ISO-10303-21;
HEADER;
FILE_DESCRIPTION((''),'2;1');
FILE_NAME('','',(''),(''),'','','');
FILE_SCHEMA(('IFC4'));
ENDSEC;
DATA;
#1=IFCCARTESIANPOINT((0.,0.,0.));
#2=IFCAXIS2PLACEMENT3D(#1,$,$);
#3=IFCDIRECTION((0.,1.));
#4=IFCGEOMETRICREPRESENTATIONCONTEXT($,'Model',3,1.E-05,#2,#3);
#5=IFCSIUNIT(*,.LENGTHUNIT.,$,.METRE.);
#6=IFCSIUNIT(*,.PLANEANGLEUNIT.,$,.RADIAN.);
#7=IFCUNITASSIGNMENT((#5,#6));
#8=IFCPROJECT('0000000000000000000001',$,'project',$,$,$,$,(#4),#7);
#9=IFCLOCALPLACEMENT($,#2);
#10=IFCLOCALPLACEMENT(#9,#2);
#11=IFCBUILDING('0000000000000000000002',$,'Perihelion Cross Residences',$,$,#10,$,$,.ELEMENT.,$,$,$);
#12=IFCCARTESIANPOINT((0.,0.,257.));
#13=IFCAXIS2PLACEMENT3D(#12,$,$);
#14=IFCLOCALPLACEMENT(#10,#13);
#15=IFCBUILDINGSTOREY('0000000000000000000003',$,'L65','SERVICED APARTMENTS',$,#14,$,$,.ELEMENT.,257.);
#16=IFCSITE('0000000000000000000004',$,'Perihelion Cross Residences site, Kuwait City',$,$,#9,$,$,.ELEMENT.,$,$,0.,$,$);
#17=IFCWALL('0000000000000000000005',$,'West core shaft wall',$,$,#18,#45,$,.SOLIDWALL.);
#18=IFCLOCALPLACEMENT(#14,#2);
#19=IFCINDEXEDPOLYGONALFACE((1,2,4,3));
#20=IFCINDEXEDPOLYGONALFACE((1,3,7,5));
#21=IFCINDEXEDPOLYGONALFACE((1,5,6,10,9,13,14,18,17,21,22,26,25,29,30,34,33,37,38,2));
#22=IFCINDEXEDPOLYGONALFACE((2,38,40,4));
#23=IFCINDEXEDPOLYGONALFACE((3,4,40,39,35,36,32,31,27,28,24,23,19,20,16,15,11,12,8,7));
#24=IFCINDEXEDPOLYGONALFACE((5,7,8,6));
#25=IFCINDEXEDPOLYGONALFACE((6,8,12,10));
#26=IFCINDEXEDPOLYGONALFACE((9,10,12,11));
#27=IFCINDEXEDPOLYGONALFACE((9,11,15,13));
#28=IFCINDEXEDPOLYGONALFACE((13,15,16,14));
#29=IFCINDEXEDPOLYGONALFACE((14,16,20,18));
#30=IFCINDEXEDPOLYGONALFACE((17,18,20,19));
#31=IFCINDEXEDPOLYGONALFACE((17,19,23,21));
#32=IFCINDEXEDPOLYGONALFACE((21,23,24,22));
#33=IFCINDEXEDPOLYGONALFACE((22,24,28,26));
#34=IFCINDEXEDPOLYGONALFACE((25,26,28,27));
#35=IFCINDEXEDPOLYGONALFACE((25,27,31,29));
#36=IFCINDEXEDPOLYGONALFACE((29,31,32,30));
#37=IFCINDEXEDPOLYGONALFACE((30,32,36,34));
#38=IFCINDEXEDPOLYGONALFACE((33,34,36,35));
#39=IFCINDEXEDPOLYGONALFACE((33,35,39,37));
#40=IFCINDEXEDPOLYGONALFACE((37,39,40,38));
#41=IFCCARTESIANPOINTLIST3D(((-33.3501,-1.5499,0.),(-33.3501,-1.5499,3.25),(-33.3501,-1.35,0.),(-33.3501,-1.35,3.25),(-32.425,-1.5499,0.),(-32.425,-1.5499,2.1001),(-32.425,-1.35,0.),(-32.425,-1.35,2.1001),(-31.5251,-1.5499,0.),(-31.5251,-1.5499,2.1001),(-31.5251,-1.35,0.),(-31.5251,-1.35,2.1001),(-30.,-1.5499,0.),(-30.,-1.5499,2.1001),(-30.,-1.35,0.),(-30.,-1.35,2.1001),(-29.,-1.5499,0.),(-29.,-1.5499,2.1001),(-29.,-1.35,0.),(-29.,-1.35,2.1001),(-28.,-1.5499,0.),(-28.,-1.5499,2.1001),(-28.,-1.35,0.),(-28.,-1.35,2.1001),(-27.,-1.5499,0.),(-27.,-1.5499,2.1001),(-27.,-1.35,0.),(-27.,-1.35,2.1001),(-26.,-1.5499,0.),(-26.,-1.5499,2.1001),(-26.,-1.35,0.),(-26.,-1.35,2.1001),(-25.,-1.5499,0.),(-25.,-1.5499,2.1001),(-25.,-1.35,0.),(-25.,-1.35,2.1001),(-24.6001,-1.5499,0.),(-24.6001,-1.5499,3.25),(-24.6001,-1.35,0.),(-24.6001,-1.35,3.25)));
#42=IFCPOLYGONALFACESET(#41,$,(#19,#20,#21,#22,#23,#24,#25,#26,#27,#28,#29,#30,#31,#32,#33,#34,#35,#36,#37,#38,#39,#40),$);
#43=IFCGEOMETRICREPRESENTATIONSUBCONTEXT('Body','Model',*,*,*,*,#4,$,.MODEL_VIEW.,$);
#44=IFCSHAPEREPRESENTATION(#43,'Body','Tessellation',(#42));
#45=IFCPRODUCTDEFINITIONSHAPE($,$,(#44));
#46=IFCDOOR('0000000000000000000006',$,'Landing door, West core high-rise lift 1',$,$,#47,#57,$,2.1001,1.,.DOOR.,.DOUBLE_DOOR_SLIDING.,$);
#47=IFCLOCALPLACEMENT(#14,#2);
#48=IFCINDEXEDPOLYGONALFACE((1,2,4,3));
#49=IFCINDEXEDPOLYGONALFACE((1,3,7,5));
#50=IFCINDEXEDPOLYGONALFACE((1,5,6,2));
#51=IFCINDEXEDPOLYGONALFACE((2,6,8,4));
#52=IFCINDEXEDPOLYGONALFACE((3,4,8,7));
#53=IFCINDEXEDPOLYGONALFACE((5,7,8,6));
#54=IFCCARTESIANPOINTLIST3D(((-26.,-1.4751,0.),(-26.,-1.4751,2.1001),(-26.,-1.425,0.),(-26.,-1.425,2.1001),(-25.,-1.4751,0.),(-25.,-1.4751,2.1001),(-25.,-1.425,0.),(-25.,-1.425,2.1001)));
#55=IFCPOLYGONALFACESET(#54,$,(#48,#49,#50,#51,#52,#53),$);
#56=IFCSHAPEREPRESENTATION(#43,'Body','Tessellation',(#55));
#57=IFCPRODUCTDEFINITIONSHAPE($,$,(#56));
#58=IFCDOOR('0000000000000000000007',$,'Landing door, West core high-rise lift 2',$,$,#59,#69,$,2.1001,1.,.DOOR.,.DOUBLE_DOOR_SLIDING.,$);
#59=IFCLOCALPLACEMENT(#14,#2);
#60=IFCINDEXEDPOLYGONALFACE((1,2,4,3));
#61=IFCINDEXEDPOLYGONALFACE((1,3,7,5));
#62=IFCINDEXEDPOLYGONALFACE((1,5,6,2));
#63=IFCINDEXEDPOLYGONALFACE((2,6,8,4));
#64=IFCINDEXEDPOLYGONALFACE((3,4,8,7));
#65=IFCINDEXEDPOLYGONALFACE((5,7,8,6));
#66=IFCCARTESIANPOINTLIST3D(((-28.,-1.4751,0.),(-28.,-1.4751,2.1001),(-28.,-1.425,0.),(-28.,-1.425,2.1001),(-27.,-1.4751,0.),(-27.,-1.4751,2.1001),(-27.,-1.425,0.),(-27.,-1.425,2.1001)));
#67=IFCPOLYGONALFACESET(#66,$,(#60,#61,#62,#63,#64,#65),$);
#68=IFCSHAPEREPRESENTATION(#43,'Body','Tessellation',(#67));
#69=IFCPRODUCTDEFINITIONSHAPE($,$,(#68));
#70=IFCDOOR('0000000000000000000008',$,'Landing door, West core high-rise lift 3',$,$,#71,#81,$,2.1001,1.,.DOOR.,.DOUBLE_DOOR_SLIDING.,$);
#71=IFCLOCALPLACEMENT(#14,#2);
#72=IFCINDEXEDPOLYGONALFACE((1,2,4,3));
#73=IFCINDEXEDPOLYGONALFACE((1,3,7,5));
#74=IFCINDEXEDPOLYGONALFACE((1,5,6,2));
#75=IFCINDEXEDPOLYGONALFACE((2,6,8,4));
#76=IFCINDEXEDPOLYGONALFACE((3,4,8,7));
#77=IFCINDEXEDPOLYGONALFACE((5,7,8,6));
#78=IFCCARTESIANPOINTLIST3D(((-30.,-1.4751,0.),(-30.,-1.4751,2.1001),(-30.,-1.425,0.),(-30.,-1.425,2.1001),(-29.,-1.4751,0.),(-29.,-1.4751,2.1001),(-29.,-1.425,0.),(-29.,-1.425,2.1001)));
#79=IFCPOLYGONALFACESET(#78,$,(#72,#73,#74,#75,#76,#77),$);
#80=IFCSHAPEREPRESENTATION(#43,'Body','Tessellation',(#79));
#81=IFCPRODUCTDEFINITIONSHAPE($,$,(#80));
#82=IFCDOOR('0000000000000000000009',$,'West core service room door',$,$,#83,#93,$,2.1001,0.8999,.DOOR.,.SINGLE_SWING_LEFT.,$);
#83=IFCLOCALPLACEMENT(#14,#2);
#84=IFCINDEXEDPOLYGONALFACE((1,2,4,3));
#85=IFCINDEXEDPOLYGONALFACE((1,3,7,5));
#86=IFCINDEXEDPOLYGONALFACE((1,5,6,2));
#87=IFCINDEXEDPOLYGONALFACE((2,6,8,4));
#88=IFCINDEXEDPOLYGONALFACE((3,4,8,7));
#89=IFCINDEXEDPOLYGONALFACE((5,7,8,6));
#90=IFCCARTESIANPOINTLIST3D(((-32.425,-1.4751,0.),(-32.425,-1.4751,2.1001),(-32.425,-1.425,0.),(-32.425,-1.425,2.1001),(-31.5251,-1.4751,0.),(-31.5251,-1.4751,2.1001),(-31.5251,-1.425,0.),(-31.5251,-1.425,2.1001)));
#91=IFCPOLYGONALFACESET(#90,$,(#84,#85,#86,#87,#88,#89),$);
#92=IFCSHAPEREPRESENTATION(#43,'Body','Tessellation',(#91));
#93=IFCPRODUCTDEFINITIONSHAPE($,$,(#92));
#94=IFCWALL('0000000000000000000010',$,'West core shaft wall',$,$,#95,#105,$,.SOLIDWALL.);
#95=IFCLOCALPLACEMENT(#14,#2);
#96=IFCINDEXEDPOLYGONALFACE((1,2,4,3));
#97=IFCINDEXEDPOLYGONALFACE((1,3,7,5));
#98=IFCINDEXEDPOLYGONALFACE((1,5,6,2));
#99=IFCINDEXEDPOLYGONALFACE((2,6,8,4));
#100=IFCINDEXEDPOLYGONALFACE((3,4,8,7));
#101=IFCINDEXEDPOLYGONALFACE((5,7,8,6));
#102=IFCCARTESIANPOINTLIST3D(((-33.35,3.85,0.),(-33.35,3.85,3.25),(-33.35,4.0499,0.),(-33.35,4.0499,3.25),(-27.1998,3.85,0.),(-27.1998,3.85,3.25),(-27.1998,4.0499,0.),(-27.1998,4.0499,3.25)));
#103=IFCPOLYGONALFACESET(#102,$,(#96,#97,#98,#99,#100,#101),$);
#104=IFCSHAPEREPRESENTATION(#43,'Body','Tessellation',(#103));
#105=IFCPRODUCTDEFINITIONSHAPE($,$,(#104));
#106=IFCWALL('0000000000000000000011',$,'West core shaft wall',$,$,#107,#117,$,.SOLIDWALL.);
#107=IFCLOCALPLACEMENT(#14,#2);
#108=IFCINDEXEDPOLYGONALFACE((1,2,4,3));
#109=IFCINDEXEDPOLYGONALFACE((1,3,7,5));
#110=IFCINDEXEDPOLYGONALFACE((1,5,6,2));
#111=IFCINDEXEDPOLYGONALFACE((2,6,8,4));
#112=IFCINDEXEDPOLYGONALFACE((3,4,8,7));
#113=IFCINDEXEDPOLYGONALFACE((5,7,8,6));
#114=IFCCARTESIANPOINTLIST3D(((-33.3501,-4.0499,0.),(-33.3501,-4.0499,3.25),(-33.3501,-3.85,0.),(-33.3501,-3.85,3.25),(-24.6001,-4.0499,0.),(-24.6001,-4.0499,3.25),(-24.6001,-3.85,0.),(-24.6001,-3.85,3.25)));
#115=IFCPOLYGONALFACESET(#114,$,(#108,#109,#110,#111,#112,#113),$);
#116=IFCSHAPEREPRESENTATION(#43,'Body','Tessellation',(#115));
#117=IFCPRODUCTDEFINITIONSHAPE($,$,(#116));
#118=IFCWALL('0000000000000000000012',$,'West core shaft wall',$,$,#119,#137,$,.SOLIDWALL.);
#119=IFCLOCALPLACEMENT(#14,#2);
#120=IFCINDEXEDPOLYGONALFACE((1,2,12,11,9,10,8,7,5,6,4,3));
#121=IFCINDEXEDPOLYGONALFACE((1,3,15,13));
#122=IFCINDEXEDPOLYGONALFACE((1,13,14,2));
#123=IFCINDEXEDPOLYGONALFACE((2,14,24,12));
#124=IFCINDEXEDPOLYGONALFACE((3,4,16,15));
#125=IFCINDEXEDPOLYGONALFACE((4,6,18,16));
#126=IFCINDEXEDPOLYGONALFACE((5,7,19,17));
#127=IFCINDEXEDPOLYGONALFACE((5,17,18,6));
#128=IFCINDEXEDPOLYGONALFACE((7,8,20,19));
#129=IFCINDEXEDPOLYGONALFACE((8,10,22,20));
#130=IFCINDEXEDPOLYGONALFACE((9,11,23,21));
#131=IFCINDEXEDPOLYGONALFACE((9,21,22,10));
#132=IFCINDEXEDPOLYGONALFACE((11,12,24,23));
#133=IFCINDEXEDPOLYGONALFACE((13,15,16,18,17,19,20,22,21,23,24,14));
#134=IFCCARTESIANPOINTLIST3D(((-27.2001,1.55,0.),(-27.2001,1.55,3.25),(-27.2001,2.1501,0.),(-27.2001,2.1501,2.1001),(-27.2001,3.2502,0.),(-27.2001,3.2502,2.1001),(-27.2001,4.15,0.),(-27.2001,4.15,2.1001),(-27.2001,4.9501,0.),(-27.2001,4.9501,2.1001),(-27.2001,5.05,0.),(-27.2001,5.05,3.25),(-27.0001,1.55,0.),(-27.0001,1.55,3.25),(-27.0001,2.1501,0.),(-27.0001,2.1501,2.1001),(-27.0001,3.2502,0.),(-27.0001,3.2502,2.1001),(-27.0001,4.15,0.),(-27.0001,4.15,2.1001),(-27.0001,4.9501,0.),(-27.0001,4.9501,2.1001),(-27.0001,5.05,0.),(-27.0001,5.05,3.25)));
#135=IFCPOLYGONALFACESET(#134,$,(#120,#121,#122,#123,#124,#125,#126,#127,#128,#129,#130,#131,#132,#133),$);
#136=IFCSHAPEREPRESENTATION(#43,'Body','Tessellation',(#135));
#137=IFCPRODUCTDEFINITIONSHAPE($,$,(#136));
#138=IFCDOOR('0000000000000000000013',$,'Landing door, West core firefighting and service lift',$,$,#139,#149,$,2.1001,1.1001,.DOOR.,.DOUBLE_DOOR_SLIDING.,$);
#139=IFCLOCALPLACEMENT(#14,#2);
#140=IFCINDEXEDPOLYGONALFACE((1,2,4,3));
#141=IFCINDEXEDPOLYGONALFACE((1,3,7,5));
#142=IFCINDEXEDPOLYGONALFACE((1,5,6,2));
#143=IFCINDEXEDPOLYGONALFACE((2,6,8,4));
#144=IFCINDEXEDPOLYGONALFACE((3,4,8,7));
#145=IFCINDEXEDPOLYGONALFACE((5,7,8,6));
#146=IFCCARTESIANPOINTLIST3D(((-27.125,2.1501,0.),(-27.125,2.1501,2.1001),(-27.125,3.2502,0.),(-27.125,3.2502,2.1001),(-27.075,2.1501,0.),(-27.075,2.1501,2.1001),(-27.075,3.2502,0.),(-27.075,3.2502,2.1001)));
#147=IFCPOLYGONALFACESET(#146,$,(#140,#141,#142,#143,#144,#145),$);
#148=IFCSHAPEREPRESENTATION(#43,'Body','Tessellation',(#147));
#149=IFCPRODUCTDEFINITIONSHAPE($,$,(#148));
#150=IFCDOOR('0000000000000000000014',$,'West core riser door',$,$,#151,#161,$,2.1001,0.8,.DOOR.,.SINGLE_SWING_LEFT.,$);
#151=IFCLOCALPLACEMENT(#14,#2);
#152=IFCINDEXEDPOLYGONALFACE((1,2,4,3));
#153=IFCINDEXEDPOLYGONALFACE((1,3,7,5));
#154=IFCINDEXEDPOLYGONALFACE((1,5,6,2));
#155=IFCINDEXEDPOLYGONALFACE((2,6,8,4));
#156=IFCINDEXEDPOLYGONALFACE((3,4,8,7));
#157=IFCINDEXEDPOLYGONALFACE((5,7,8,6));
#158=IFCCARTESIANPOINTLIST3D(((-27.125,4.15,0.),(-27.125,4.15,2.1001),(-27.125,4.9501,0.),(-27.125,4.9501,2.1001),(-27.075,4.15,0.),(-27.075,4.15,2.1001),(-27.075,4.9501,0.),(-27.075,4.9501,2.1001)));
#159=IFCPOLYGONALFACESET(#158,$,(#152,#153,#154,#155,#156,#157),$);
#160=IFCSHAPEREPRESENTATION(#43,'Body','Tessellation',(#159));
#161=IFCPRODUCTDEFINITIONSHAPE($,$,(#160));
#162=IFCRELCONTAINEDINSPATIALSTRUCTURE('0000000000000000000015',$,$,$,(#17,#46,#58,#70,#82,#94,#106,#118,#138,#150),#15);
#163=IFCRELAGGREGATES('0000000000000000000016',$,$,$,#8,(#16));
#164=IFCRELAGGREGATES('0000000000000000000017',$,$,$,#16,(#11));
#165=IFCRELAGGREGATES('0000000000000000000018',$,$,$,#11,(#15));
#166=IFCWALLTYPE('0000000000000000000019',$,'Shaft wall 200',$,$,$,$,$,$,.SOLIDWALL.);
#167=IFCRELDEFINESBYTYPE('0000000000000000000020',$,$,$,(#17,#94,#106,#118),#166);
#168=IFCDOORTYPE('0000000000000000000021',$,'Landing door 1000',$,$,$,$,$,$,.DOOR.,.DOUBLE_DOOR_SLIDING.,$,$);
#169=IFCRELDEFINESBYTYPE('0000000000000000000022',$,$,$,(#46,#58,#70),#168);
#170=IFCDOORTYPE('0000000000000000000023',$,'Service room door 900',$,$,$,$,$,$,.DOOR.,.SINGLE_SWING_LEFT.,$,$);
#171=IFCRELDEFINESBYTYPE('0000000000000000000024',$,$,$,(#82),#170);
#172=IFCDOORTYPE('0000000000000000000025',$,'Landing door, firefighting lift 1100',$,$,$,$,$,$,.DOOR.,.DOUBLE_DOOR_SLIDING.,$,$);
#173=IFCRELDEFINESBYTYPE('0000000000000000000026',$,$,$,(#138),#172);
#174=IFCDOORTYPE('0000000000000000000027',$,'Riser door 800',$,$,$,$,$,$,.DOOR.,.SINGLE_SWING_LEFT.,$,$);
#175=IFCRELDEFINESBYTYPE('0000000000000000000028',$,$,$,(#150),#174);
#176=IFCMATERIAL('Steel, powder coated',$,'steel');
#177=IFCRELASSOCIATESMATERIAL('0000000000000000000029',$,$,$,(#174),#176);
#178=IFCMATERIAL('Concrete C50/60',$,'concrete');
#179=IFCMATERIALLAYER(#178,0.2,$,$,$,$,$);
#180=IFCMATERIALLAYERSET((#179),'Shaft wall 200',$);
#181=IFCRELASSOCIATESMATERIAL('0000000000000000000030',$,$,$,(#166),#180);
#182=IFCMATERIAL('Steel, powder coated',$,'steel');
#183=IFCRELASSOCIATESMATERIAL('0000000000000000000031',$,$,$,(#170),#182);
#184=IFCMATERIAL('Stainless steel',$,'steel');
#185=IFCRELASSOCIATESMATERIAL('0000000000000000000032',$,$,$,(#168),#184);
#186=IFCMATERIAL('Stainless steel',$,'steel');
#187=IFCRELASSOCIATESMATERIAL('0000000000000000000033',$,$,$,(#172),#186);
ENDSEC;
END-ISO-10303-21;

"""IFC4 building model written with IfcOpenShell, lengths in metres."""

from ifc_helpers import new_model, si_unit, direction, frame, frame_2d, origin, place, context, subcontext, project, spatial, rectangle, extrude, material, layer, layer_set, type_object, element, fill, save


model = new_model("IFC4")

# Units and contexts
model_context = context("Model", 3, precision=1e-05, world=origin(), true_north=direction((0.0, 1.0)))
body_context = subcontext(model_context, "Body", "Model", "MODEL_VIEW")
ifc_project = project(units=[si_unit("LENGTHUNIT", "METRE"), si_unit("PLANEANGLEUNIT", "RADIAN")], contexts=[model_context])

# Site, building, storey
site_placement = place(None, origin())
site = spatial("IfcSite", under=ifc_project, at=site_placement, Name="Perihelion Cross Residences site, Kuwait City", CompositionType="ELEMENT", RefElevation=0.0)
building_placement = place(site_placement, origin())
building = spatial("IfcBuilding", under=site, at=building_placement, Name="Perihelion Cross Residences", CompositionType="ELEMENT")
storey_placement = place(building_placement, frame((0.0, 0.0, 257.0)))
storey = spatial("IfcBuildingStorey", under=building, at=storey_placement, Name="L65", Description="SERVICED APARTMENTS", CompositionType="ELEMENT", Elevation=257.0)

# Shared definitions
ifc_material_1 = material(Name="Steel, powder coated", Category="steel")
door_type_1 = type_object("IfcDoorType", Name="Riser door 800", OperationType="SINGLE_SWING_LEFT", PredefinedType="DOOR", material=ifc_material_1)

# Wall, openings, doors
ifc_material_2 = material(Name="Concrete C50/60", Category="concrete")
ifc_layer_1 = layer(ifc_material_2, 0.2)
ifc_layer_set_1 = layer_set([ifc_layer_1], Name="Shaft wall 200")
wall_type_1 = type_object("IfcWallType", Name="Shaft wall 200", PredefinedType="SOLIDWALL", material=ifc_layer_set_1)
ifc_material_3 = material(Name="Steel, powder coated", Category="steel")
door_type_2 = type_object("IfcDoorType", Name="Service room door 900", OperationType="SINGLE_SWING_LEFT", PredefinedType="DOOR", material=ifc_material_3)
wall_1_placement = place(storey_placement, frame((-33.3501, -1.45, 0.0), z_axis=(0.0, 0.0, 1.0), x_axis=(1.0, 0.0, 0.0)))
wall_1 = element("IfcWall", 1, at=wall_1_placement, inside=storey, type_object=wall_type_1, Name="West core shaft wall", PredefinedType="SOLIDWALL", context=body_context, shape_type="SweptSolid", body=[
    extrude(rectangle(XDim=8.75, YDim=0.2, at=frame_2d((4.375, 0.0))), origin(), (0.0, 0.0, 1.0), 3.25),
])
opening_1_placement = place(wall_1_placement, frame((7.3501, 0.0, 0.0)))
opening_1 = element("IfcOpeningElement", 2, at=opening_1_placement, cuts=wall_1, PredefinedType="OPENING", context=body_context, shape_type="SweptSolid", body=[
    extrude(rectangle(XDim=1.0, YDim=2.1001, at=frame_2d((0.5, 1.05))), frame((0.0, 0.1099, 0.0), z_axis=(0.0, -1.0, 0.0), x_axis=(1.0, 0.0, 0.0)), (0.0, 0.0, 1.0), 0.22),
])
opening_2_placement = place(wall_1_placement, frame((5.3501, 0.0, 0.0)))
opening_2 = element("IfcOpeningElement", 3, at=opening_2_placement, cuts=wall_1, PredefinedType="OPENING", context=body_context, shape_type="SweptSolid", body=[
    extrude(rectangle(XDim=1.0, YDim=2.1001, at=frame_2d((0.5, 1.05))), frame((0.0, 0.1099, 0.0), z_axis=(0.0, -1.0, 0.0), x_axis=(1.0, 0.0, 0.0)), (0.0, 0.0, 1.0), 0.22),
])
opening_3_placement = place(wall_1_placement, frame((3.3501, 0.0, 0.0)))
opening_3 = element("IfcOpeningElement", 4, at=opening_3_placement, cuts=wall_1, PredefinedType="OPENING", context=body_context, shape_type="SweptSolid", body=[
    extrude(rectangle(XDim=1.0, YDim=2.1001, at=frame_2d((0.5, 1.05))), frame((0.0, 0.1099, 0.0), z_axis=(0.0, -1.0, 0.0), x_axis=(1.0, 0.0, 0.0)), (0.0, 0.0, 1.0), 0.22),
])
opening_4_placement = place(wall_1_placement, frame((0.925, 0.0, 0.0)))
opening_4 = element("IfcOpeningElement", 5, at=opening_4_placement, cuts=wall_1, PredefinedType="OPENING", context=body_context, shape_type="SweptSolid", body=[
    extrude(rectangle(XDim=0.8999, YDim=2.1001, at=frame_2d((0.45, 1.05))), frame((0.0, 0.1099, 0.0), z_axis=(0.0, -1.0, 0.0), x_axis=(1.0, 0.0, 0.0)), (0.0, 0.0, 1.0), 0.22),
])
ifc_material_4 = material(Name="Stainless steel", Category="steel")
door_type_3 = type_object("IfcDoorType", Name="Landing door 1000", OperationType="DOUBLE_DOOR_SLIDING", PredefinedType="DOOR", material=ifc_material_4)
door_1_placement = place(opening_1_placement, origin())
door_1 = element("IfcDoor", 6, at=door_1_placement, inside=storey, type_object=door_type_3, Name="Landing door, West core high-rise lift 1", OperationType="DOUBLE_DOOR_SLIDING", OverallHeight=2.1001, OverallWidth=1.0, PredefinedType="DOOR", context=body_context, shape_type="SweptSolid", body=[
    extrude(rectangle(XDim=1.0, YDim=2.1001, at=frame_2d((0.5, 1.05))), frame((0.0, 0.0249, 0.0), z_axis=(0.0, -1.0, 0.0), x_axis=(1.0, 0.0, 0.0)), (0.0, 0.0, 1.0), 0.05),
])
fill(opening_1, door_1)
door_2_placement = place(opening_2_placement, origin())
door_2 = element("IfcDoor", 7, at=door_2_placement, inside=storey, type_object=door_type_3, Name="Landing door, West core high-rise lift 2", OperationType="DOUBLE_DOOR_SLIDING", OverallHeight=2.1001, OverallWidth=1.0, PredefinedType="DOOR", context=body_context, shape_type="SweptSolid", body=[
    extrude(rectangle(XDim=1.0, YDim=2.1001, at=frame_2d((0.5, 1.05))), frame((0.0, 0.0249, 0.0), z_axis=(0.0, -1.0, 0.0), x_axis=(1.0, 0.0, 0.0)), (0.0, 0.0, 1.0), 0.05),
])
fill(opening_2, door_2)
door_3_placement = place(opening_3_placement, origin())
door_3 = element("IfcDoor", 8, at=door_3_placement, inside=storey, type_object=door_type_3, Name="Landing door, West core high-rise lift 3", OperationType="DOUBLE_DOOR_SLIDING", OverallHeight=2.1001, OverallWidth=1.0, PredefinedType="DOOR", context=body_context, shape_type="SweptSolid", body=[
    extrude(rectangle(XDim=1.0, YDim=2.1001, at=frame_2d((0.5, 1.05))), frame((0.0, 0.0249, 0.0), z_axis=(0.0, -1.0, 0.0), x_axis=(1.0, 0.0, 0.0)), (0.0, 0.0, 1.0), 0.05),
])
fill(opening_3, door_3)
door_4_placement = place(opening_4_placement, origin())
door_4 = element("IfcDoor", 9, at=door_4_placement, inside=storey, type_object=door_type_2, Name="West core service room door", OperationType="SINGLE_SWING_LEFT", OverallHeight=2.1001, OverallWidth=0.8999, PredefinedType="DOOR", context=body_context, shape_type="SweptSolid", body=[
    extrude(rectangle(XDim=0.8999, YDim=2.1001, at=frame_2d((0.45, 1.05))), frame((0.0, 0.0249, 0.0), z_axis=(0.0, -1.0, 0.0), x_axis=(1.0, 0.0, 0.0)), (0.0, 0.0, 1.0), 0.05),
])
fill(opening_4, door_4)

# Walls
wall_2_placement = place(storey_placement, frame((-33.3501, 3.95, 0.0), z_axis=(0.0, 0.0, 1.0), x_axis=(1.0, 0.0, 0.0)))
element("IfcWall", 10, at=wall_2_placement, inside=storey, type_object=wall_type_1, Name="West core shaft wall", PredefinedType="SOLIDWALL", context=body_context, shape_type="SweptSolid", body=[
    extrude(rectangle(XDim=6.1501, YDim=0.2, at=frame_2d((3.0752, 0.0))), origin(), (0.0, 0.0, 1.0), 3.25),
])
wall_3_placement = place(storey_placement, frame((-33.3501, -3.95, 0.0), z_axis=(0.0, 0.0, 1.0), x_axis=(1.0, 0.0, 0.0)))
element("IfcWall", 11, at=wall_3_placement, inside=storey, type_object=wall_type_1, Name="West core shaft wall", PredefinedType="SOLIDWALL", context=body_context, shape_type="SweptSolid", body=[
    extrude(rectangle(XDim=8.75, YDim=0.2, at=frame_2d((4.375, 0.0))), origin(), (0.0, 0.0, 1.0), 3.25),
])

# Wall, openings, doors
wall_4_placement = place(storey_placement, frame((-27.1001, 1.55, 0.0), z_axis=(0.0, 0.0, 1.0), x_axis=(0.0, 1.0, 0.0)))
wall_4 = element("IfcWall", 12, at=wall_4_placement, inside=storey, type_object=wall_type_1, Name="West core shaft wall", PredefinedType="SOLIDWALL", context=body_context, shape_type="SweptSolid", body=[
    extrude(rectangle(XDim=3.5, YDim=0.2, at=frame_2d((1.75, 0.0))), origin(), (0.0, 0.0, 1.0), 3.25),
])
opening_5_placement = place(wall_4_placement, frame((0.6001, 0.0, 0.0)))
opening_5 = element("IfcOpeningElement", 13, at=opening_5_placement, cuts=wall_4, PredefinedType="OPENING", context=body_context, shape_type="SweptSolid", body=[
    extrude(rectangle(XDim=1.1001, YDim=2.1001, at=frame_2d((0.55, 1.05))), frame((0.0, 0.1099, 0.0), z_axis=(0.0, -1.0, 0.0), x_axis=(1.0, 0.0, 0.0)), (0.0, 0.0, 1.0), 0.22),
])
opening_6_placement = place(wall_4_placement, frame((2.6001, 0.0, 0.0)))
opening_6 = element("IfcOpeningElement", 14, at=opening_6_placement, cuts=wall_4, PredefinedType="OPENING", context=body_context, shape_type="SweptSolid", body=[
    extrude(rectangle(XDim=0.8, YDim=2.1001, at=frame_2d((0.3999, 1.05))), frame((0.0, 0.1099, 0.0), z_axis=(0.0, -1.0, 0.0), x_axis=(1.0, 0.0, 0.0)), (0.0, 0.0, 1.0), 0.22),
])
ifc_material_5 = material(Name="Stainless steel", Category="steel")
door_type_4 = type_object("IfcDoorType", Name="Landing door, firefighting lift 1100", OperationType="DOUBLE_DOOR_SLIDING", PredefinedType="DOOR", material=ifc_material_5)
door_5_placement = place(opening_5_placement, origin())
door_5 = element("IfcDoor", 15, at=door_5_placement, inside=storey, type_object=door_type_4, Name="Landing door, West core firefighting and service lift", OperationType="DOUBLE_DOOR_SLIDING", OverallHeight=2.1001, OverallWidth=1.1001, PredefinedType="DOOR", context=body_context, shape_type="SweptSolid", body=[
    extrude(rectangle(XDim=1.1001, YDim=2.1001, at=frame_2d((0.55, 1.05))), frame((0.0, 0.0249, 0.0), z_axis=(0.0, -1.0, 0.0), x_axis=(1.0, 0.0, 0.0)), (0.0, 0.0, 1.0), 0.05),
])
fill(opening_5, door_5)
door_6_placement = place(opening_6_placement, origin())
door_6 = element("IfcDoor", 16, at=door_6_placement, inside=storey, type_object=door_type_1, Name="West core riser door", OperationType="SINGLE_SWING_LEFT", OverallHeight=2.1001, OverallWidth=0.8, PredefinedType="DOOR", context=body_context, shape_type="SweptSolid", body=[
    extrude(rectangle(XDim=0.8, YDim=2.1001, at=frame_2d((0.3999, 1.05))), frame((0.0, 0.0249, 0.0), z_axis=(0.0, -1.0, 0.0), x_axis=(1.0, 0.0, 0.0)), (0.0, 0.0, 1.0), 0.05),
])
fill(opening_6, door_6)

save(model, "model.ifc")
